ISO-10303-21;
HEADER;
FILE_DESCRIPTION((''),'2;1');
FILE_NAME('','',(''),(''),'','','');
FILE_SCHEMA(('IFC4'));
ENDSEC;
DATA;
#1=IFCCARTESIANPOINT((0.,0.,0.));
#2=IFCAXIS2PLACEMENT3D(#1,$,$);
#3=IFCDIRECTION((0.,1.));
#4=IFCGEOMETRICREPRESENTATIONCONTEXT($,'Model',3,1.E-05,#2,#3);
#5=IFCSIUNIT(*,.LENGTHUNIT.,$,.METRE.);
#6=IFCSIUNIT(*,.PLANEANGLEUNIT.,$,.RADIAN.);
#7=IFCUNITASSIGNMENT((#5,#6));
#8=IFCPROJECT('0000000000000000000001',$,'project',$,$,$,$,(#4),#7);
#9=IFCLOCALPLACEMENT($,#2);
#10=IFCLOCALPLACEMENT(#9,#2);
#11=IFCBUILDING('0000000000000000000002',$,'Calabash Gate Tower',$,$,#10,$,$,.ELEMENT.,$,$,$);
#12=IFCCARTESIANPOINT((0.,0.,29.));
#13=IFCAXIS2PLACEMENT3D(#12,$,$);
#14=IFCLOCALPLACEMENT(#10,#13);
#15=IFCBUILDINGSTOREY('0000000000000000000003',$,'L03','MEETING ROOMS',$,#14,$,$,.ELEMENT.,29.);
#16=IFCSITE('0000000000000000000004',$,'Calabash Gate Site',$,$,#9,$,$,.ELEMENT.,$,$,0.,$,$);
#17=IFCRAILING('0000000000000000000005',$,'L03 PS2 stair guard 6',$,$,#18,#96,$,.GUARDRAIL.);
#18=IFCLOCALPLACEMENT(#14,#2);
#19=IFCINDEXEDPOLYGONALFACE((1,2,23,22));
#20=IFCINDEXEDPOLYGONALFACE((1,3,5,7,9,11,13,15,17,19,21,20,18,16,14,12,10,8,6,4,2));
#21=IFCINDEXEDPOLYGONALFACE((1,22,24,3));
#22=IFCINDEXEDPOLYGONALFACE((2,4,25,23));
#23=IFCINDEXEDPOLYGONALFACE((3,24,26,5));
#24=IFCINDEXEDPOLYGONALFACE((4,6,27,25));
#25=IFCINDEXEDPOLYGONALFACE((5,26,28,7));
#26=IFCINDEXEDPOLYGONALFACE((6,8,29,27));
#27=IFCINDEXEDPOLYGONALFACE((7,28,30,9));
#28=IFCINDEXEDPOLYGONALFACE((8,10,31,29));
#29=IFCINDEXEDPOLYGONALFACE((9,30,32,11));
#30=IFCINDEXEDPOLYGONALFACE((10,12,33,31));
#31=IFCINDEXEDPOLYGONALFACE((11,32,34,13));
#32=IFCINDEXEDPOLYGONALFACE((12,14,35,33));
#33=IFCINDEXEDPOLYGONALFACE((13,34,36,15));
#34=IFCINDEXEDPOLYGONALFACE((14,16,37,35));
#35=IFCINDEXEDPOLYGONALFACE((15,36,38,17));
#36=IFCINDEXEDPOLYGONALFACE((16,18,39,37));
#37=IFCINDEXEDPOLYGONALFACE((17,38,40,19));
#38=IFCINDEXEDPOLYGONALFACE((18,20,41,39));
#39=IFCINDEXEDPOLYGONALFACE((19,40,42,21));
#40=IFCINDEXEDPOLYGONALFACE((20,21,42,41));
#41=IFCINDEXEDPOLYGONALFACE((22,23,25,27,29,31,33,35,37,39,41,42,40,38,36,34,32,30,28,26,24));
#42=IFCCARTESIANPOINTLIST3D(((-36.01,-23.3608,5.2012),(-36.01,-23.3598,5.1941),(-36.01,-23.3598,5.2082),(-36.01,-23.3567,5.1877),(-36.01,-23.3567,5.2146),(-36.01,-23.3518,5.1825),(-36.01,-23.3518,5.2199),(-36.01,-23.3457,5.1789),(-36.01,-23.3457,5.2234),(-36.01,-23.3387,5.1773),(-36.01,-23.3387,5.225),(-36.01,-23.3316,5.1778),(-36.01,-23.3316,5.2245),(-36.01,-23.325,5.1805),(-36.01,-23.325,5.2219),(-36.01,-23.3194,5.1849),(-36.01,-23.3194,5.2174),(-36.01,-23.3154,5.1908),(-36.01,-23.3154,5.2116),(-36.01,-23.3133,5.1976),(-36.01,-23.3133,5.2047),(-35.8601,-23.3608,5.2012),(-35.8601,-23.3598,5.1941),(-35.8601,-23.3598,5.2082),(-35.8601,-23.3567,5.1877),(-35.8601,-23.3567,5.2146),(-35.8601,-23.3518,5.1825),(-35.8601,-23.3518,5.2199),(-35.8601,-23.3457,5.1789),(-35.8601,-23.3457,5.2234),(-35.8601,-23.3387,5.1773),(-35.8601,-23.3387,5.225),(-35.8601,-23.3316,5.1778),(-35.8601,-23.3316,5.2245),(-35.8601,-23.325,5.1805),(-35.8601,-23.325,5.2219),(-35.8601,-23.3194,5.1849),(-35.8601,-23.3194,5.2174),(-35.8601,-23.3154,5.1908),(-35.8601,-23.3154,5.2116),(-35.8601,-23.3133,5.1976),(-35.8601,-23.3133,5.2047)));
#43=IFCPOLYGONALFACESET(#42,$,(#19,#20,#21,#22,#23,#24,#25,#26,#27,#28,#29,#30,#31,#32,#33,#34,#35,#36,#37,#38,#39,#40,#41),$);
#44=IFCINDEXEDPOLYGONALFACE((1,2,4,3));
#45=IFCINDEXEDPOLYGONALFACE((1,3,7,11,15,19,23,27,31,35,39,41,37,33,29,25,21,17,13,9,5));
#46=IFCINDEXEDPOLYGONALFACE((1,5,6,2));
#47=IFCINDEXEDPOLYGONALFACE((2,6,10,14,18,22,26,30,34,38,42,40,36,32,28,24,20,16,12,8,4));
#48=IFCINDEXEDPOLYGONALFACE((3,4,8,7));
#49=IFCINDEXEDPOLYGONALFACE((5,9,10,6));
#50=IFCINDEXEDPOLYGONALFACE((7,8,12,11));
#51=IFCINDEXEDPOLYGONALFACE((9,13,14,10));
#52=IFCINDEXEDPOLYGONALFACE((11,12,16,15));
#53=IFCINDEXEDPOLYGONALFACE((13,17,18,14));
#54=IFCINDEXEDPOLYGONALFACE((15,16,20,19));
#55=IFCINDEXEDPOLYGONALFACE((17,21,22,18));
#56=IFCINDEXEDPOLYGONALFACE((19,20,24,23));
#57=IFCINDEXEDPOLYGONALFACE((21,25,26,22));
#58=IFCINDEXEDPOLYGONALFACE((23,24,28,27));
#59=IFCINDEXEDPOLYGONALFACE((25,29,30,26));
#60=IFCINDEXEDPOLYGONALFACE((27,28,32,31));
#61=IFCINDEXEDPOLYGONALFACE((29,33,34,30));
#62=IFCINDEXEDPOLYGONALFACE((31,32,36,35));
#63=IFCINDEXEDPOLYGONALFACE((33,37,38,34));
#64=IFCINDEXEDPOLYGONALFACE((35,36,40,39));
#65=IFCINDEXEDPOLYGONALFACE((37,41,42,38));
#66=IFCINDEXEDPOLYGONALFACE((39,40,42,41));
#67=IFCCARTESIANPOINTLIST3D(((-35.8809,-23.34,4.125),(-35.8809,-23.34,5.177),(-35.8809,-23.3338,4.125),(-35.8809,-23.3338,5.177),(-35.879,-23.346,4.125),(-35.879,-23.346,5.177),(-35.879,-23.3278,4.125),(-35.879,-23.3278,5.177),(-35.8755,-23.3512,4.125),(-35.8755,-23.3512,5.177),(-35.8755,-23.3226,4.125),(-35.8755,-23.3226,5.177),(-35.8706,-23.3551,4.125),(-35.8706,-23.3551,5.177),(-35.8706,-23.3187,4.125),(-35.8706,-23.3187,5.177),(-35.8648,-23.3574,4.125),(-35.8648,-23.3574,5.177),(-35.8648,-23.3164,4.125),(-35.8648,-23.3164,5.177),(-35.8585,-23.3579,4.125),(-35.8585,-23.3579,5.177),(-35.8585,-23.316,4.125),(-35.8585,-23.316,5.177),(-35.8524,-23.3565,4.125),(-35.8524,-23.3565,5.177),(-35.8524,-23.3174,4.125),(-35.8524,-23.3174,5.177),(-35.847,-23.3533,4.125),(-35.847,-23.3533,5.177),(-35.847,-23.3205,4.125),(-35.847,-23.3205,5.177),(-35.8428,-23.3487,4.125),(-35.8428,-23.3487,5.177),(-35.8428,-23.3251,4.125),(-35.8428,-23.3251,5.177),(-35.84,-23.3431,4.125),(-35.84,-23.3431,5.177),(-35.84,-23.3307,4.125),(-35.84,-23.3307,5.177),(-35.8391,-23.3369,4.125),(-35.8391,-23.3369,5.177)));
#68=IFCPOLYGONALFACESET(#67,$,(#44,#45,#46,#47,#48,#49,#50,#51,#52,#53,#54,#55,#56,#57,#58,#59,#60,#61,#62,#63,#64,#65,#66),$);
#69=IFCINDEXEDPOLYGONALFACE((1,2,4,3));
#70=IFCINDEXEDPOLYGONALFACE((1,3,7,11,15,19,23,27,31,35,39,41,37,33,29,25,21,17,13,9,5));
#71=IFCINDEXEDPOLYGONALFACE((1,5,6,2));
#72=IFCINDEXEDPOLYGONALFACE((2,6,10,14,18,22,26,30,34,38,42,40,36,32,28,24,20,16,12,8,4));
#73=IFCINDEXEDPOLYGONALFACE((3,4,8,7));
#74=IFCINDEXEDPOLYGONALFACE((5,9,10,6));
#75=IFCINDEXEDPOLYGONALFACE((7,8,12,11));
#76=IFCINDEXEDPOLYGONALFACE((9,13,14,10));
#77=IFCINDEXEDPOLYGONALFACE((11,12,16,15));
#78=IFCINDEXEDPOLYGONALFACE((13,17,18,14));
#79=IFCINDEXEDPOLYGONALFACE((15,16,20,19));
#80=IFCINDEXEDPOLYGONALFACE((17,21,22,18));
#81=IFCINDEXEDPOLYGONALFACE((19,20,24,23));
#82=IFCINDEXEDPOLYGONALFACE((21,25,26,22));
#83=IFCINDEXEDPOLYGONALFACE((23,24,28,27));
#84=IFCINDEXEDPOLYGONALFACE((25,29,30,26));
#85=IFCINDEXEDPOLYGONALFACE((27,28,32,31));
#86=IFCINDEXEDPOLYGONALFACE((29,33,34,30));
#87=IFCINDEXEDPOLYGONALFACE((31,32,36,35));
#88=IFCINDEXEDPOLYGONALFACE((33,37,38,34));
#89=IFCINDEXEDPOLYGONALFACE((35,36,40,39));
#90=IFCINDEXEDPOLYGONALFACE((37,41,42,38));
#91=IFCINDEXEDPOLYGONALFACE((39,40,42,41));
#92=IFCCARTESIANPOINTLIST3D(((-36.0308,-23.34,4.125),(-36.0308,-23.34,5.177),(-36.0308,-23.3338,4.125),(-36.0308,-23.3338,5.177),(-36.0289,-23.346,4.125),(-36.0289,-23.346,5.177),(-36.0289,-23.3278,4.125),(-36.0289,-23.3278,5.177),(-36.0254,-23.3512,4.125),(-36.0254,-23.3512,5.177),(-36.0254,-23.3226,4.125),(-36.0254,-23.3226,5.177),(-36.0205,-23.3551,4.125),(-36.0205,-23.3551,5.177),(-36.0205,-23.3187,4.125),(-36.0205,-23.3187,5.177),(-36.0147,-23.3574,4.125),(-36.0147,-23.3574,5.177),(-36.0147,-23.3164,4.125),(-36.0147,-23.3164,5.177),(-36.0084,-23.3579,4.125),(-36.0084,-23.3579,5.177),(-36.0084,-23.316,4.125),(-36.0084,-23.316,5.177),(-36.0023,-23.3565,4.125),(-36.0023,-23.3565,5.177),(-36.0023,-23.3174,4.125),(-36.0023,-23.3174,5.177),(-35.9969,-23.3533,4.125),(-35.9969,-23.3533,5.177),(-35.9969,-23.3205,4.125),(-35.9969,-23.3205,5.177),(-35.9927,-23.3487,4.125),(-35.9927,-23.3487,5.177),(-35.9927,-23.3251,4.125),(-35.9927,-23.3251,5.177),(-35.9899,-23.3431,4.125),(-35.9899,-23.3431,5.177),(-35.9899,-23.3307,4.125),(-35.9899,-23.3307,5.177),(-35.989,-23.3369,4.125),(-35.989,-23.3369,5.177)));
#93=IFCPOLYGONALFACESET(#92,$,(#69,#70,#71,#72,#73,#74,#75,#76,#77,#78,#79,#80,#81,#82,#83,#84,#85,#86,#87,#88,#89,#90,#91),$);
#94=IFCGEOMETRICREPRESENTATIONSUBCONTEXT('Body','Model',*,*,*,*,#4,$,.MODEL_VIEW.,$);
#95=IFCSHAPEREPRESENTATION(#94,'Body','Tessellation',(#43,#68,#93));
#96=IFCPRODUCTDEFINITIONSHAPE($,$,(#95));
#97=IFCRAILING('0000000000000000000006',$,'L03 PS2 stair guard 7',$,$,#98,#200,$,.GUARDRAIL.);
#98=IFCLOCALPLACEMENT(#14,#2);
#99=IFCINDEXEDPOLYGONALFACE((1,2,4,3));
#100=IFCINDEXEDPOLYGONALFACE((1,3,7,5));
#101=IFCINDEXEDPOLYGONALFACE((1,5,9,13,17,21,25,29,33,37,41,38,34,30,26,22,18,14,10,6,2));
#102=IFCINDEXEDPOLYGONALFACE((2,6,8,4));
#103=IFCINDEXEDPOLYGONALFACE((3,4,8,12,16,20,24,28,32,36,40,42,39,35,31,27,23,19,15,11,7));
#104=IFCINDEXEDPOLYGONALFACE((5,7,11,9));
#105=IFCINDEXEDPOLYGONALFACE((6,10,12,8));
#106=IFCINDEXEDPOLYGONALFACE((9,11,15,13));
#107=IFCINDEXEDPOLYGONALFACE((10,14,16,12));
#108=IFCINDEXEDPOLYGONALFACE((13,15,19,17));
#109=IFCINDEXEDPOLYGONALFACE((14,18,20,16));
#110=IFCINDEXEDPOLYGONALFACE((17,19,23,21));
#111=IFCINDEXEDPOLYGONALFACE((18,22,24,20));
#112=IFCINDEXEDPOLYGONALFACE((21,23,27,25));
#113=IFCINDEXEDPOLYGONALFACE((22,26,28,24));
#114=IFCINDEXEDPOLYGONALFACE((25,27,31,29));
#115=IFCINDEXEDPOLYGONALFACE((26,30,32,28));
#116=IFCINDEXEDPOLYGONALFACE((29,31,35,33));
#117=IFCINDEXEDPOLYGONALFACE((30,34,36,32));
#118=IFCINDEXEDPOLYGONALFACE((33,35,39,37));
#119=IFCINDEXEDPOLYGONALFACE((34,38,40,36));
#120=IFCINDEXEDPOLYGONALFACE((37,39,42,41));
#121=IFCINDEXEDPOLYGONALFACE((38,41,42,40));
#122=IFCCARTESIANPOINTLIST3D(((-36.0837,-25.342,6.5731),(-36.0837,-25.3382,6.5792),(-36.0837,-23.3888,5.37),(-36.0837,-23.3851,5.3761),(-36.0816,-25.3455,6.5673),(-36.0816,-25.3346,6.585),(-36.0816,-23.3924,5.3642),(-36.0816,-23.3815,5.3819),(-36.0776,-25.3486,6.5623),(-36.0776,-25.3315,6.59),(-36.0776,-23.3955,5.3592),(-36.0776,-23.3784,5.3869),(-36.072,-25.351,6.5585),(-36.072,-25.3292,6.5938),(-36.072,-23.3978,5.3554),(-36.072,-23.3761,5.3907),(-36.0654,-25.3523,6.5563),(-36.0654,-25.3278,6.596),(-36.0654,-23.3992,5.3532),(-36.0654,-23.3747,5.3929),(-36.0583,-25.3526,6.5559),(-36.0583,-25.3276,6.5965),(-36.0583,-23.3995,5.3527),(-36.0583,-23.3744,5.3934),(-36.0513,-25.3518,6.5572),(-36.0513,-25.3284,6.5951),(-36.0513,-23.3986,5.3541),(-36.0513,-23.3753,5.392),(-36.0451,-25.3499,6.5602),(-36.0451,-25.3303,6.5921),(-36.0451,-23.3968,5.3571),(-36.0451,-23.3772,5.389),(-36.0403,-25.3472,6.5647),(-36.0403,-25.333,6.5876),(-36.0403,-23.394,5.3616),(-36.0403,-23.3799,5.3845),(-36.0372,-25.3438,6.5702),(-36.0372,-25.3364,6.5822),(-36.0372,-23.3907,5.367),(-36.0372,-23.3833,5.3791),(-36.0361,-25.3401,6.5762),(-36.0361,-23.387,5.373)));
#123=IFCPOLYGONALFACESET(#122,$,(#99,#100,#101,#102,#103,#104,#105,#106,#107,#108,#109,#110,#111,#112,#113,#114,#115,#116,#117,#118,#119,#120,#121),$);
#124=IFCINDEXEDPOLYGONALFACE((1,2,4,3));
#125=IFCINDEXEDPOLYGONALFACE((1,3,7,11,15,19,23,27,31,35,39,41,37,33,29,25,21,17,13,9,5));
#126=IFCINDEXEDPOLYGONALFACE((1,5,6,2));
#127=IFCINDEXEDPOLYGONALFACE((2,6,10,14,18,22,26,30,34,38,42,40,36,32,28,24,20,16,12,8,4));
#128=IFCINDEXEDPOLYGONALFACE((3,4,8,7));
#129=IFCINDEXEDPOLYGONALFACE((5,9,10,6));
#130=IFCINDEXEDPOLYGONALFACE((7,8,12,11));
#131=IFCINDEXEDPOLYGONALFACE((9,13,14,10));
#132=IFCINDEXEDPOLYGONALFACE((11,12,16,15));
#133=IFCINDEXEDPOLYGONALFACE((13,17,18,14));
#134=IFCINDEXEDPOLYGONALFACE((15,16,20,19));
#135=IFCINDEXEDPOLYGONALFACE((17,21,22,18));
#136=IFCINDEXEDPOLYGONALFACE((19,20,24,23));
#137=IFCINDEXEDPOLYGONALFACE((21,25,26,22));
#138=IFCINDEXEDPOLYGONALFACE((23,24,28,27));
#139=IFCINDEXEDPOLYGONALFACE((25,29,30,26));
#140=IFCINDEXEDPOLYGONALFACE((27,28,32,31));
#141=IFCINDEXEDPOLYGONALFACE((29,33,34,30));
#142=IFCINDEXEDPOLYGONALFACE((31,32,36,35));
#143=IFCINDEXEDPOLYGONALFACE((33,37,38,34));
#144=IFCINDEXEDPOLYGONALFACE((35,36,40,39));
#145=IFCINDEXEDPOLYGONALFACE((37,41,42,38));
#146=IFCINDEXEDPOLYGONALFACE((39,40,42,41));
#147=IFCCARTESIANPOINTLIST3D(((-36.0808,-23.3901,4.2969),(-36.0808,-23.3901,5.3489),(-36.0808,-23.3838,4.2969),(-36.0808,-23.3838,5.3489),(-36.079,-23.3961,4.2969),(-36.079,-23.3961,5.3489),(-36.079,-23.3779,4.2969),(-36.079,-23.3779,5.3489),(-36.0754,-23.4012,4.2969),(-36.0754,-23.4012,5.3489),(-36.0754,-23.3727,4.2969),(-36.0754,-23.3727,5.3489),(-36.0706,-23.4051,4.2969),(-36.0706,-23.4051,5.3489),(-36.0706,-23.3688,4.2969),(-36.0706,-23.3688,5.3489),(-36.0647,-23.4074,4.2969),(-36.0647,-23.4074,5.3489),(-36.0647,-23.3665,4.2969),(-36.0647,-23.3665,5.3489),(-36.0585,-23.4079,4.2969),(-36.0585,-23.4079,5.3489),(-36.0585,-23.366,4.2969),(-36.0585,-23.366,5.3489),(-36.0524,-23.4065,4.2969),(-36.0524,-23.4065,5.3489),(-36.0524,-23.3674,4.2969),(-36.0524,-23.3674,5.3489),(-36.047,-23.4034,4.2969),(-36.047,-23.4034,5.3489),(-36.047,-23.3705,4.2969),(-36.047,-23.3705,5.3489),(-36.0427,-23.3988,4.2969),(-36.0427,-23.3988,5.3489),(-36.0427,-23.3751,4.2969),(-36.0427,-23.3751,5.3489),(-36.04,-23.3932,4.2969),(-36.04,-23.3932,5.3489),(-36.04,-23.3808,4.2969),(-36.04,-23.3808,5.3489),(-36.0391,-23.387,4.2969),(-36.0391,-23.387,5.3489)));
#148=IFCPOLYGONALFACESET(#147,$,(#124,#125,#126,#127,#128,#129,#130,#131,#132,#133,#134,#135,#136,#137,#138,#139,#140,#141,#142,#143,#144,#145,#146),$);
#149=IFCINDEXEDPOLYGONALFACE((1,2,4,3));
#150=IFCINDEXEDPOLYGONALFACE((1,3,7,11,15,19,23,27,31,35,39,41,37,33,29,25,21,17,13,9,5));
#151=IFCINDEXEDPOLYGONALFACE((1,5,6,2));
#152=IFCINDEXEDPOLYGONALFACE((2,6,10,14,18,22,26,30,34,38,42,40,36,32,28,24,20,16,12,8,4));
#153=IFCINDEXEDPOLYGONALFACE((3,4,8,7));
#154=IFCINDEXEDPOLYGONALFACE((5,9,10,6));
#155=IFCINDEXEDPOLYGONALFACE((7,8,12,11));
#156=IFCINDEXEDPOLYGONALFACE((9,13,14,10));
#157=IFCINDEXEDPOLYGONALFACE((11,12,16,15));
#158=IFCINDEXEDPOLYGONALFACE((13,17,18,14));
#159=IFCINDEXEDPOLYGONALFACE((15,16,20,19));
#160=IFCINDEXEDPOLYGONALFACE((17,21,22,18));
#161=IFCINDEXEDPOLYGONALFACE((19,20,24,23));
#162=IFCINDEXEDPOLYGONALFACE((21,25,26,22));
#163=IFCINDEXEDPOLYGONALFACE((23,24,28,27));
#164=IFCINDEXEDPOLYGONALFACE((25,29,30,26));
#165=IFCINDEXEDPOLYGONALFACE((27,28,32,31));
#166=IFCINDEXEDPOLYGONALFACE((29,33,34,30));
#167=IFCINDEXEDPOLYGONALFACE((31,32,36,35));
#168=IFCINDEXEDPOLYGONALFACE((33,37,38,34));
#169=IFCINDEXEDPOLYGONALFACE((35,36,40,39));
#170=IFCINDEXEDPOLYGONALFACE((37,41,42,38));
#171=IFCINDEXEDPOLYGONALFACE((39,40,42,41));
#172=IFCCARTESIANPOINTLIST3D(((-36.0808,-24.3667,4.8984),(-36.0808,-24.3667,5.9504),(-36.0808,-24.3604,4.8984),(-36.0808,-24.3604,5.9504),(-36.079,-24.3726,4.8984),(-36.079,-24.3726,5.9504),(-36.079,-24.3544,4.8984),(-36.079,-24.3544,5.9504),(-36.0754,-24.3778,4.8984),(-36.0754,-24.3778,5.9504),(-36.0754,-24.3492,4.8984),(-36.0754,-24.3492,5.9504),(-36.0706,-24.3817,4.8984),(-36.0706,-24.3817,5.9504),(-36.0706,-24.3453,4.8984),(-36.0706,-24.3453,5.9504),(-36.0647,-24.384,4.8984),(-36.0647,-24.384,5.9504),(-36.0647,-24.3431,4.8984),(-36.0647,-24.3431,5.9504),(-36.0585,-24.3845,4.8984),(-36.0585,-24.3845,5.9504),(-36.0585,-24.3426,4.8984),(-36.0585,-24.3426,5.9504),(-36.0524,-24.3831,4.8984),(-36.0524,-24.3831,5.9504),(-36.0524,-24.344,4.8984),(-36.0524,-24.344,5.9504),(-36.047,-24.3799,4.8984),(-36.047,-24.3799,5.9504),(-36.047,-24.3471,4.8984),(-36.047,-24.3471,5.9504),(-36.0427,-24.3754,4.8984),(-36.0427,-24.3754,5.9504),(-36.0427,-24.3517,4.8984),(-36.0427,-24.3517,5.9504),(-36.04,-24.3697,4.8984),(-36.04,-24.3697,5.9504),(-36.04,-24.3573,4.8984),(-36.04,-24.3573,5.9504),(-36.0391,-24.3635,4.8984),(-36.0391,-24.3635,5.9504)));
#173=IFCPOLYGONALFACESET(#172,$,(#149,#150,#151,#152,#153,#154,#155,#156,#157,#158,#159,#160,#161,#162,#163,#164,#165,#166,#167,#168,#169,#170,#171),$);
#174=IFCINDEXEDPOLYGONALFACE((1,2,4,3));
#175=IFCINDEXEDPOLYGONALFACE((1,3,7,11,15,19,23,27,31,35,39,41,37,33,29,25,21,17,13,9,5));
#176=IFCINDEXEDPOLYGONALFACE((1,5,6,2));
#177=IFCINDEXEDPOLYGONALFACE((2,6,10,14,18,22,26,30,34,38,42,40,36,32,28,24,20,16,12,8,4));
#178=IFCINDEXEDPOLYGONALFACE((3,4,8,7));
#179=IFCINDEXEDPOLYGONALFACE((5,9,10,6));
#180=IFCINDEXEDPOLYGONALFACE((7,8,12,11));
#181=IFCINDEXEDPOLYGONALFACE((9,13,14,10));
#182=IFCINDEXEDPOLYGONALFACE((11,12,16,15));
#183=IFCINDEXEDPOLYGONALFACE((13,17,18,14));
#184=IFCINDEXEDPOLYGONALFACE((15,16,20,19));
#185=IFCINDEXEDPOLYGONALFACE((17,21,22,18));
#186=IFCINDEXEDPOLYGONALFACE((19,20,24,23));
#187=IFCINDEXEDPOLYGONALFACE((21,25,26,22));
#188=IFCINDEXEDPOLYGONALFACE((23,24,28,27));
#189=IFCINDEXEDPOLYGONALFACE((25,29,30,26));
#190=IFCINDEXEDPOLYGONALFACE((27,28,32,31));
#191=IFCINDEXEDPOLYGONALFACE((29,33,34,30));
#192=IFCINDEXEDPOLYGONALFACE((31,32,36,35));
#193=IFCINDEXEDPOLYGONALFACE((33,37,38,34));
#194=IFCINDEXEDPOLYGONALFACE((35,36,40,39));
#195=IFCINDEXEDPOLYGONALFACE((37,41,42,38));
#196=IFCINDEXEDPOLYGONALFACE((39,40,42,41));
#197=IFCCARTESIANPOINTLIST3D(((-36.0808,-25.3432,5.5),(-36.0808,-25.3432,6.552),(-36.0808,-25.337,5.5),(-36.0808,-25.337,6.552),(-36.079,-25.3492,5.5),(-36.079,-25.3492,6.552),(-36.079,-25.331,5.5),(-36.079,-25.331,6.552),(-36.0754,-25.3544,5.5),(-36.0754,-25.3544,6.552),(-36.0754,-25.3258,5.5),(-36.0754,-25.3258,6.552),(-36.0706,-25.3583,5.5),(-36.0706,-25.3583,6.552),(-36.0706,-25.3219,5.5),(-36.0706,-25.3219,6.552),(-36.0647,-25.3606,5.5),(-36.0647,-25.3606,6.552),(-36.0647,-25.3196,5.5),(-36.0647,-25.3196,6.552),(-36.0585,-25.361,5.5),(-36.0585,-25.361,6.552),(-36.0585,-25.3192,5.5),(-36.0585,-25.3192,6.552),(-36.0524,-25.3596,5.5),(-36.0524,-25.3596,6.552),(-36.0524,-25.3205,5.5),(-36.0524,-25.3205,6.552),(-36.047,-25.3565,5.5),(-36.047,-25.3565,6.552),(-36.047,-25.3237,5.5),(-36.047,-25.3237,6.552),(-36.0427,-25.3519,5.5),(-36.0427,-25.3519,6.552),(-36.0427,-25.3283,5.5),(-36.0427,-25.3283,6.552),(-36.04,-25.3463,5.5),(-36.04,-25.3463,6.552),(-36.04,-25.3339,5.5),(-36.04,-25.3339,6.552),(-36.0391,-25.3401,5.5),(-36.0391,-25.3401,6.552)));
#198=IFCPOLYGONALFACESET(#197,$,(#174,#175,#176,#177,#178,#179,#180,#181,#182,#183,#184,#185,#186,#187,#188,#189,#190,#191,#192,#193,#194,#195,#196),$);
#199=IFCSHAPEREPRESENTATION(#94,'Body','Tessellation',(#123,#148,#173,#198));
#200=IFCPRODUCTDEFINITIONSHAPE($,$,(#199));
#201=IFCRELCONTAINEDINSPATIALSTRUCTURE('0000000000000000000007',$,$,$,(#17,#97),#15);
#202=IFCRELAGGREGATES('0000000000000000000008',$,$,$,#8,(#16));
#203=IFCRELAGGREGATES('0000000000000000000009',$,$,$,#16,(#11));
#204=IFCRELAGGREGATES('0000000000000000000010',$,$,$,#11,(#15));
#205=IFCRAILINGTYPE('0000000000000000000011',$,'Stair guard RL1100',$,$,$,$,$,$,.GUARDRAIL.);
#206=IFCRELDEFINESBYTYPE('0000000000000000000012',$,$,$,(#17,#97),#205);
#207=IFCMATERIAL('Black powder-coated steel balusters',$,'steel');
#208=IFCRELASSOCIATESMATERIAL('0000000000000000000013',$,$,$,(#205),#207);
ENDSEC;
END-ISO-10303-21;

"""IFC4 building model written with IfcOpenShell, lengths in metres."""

from ifc_helpers import new_model, si_unit, direction, frame, origin, origin_2d, place, context, subcontext, project, spatial, circle, extrude, material, type_object, element, save


model = new_model("IFC4")

# Units and contexts
model_context = context("Model", 3, precision=1e-05, world=origin(), true_north=direction((0.0, 1.0)))
body_context = subcontext(model_context, "Body", "Model", "MODEL_VIEW")
ifc_project = project(units=[si_unit("LENGTHUNIT", "METRE"), si_unit("PLANEANGLEUNIT", "RADIAN")], contexts=[model_context])

# Site, building, storey
site_placement = place(None, origin())
site = spatial("IfcSite", under=ifc_project, at=site_placement, Name="Calabash Gate Site", CompositionType="ELEMENT", RefElevation=0.0)
building_placement = place(site_placement, origin())
building = spatial("IfcBuilding", under=site, at=building_placement, Name="Calabash Gate Tower", CompositionType="ELEMENT")
storey_placement = place(building_placement, frame((0.0, 0.0, 29.0)))
storey = spatial("IfcBuildingStorey", under=building, at=storey_placement, Name="L03", Description="MEETING ROOMS", CompositionType="ELEMENT", Elevation=29.0)

# Railings
ifc_material_1 = material(Name="Black powder-coated steel balusters", Category="steel")
railing_type_1 = type_object("IfcRailingType", Name="Stair guard RL1100", PredefinedType="GUARDRAIL", material=ifc_material_1)
railing_1_placement = place(storey_placement, frame((-35.8601, -23.3369, 4.125)))
element("IfcRailing", 1, at=railing_1_placement, inside=storey, type_object=railing_type_1, Name="L03 PS2 stair guard 6", PredefinedType="GUARDRAIL", context=body_context, shape_type="SweptSolid", body=[
    extrude(circle(Radius=0.0239, at=origin_2d()), frame((0.0, 0.0, 1.0762), z_axis=(-1.0, 0.0, 0.0), x_axis=(0.0, -1.0, 0.0)), (0.0, 0.0, 1.0), 0.1499),
    extrude(circle(Radius=0.021, at=origin_2d()), origin(), (0.0, 0.0, 1.0), 1.052),
    extrude(circle(Radius=0.021, at=origin_2d()), frame((-0.1499, 0.0, 0.0)), (0.0, 0.0, 1.0), 1.052),
])
railing_2_placement = place(storey_placement, frame((-36.0601, -23.387, 4.2969)))
element("IfcRailing", 2, at=railing_2_placement, inside=storey, type_object=railing_type_1, Name="L03 PS2 stair guard 7", PredefinedType="GUARDRAIL", context=body_context, shape_type="SweptSolid", body=[
    extrude(circle(Radius=0.0239, at=origin_2d()), frame((0.0, 0.0, 1.0762), z_axis=(0.0, -0.851424, 0.524477), x_axis=(1.0, 0.0, 0.0)), (0.0, 0.0, 1.0), 2.2939),
    extrude(circle(Radius=0.021, at=origin_2d()), origin(), (0.0, 0.0, 1.0), 1.052),
    extrude(circle(Radius=0.021, at=origin_2d()), frame((0.0, -0.9766, 0.6016)), (0.0, 0.0, 1.0), 1.052),
    extrude(circle(Radius=0.021, at=origin_2d()), frame((0.0, -1.9531, 1.2031)), (0.0, 0.0, 1.0), 1.052),
])

save(model, "model.ifc")
